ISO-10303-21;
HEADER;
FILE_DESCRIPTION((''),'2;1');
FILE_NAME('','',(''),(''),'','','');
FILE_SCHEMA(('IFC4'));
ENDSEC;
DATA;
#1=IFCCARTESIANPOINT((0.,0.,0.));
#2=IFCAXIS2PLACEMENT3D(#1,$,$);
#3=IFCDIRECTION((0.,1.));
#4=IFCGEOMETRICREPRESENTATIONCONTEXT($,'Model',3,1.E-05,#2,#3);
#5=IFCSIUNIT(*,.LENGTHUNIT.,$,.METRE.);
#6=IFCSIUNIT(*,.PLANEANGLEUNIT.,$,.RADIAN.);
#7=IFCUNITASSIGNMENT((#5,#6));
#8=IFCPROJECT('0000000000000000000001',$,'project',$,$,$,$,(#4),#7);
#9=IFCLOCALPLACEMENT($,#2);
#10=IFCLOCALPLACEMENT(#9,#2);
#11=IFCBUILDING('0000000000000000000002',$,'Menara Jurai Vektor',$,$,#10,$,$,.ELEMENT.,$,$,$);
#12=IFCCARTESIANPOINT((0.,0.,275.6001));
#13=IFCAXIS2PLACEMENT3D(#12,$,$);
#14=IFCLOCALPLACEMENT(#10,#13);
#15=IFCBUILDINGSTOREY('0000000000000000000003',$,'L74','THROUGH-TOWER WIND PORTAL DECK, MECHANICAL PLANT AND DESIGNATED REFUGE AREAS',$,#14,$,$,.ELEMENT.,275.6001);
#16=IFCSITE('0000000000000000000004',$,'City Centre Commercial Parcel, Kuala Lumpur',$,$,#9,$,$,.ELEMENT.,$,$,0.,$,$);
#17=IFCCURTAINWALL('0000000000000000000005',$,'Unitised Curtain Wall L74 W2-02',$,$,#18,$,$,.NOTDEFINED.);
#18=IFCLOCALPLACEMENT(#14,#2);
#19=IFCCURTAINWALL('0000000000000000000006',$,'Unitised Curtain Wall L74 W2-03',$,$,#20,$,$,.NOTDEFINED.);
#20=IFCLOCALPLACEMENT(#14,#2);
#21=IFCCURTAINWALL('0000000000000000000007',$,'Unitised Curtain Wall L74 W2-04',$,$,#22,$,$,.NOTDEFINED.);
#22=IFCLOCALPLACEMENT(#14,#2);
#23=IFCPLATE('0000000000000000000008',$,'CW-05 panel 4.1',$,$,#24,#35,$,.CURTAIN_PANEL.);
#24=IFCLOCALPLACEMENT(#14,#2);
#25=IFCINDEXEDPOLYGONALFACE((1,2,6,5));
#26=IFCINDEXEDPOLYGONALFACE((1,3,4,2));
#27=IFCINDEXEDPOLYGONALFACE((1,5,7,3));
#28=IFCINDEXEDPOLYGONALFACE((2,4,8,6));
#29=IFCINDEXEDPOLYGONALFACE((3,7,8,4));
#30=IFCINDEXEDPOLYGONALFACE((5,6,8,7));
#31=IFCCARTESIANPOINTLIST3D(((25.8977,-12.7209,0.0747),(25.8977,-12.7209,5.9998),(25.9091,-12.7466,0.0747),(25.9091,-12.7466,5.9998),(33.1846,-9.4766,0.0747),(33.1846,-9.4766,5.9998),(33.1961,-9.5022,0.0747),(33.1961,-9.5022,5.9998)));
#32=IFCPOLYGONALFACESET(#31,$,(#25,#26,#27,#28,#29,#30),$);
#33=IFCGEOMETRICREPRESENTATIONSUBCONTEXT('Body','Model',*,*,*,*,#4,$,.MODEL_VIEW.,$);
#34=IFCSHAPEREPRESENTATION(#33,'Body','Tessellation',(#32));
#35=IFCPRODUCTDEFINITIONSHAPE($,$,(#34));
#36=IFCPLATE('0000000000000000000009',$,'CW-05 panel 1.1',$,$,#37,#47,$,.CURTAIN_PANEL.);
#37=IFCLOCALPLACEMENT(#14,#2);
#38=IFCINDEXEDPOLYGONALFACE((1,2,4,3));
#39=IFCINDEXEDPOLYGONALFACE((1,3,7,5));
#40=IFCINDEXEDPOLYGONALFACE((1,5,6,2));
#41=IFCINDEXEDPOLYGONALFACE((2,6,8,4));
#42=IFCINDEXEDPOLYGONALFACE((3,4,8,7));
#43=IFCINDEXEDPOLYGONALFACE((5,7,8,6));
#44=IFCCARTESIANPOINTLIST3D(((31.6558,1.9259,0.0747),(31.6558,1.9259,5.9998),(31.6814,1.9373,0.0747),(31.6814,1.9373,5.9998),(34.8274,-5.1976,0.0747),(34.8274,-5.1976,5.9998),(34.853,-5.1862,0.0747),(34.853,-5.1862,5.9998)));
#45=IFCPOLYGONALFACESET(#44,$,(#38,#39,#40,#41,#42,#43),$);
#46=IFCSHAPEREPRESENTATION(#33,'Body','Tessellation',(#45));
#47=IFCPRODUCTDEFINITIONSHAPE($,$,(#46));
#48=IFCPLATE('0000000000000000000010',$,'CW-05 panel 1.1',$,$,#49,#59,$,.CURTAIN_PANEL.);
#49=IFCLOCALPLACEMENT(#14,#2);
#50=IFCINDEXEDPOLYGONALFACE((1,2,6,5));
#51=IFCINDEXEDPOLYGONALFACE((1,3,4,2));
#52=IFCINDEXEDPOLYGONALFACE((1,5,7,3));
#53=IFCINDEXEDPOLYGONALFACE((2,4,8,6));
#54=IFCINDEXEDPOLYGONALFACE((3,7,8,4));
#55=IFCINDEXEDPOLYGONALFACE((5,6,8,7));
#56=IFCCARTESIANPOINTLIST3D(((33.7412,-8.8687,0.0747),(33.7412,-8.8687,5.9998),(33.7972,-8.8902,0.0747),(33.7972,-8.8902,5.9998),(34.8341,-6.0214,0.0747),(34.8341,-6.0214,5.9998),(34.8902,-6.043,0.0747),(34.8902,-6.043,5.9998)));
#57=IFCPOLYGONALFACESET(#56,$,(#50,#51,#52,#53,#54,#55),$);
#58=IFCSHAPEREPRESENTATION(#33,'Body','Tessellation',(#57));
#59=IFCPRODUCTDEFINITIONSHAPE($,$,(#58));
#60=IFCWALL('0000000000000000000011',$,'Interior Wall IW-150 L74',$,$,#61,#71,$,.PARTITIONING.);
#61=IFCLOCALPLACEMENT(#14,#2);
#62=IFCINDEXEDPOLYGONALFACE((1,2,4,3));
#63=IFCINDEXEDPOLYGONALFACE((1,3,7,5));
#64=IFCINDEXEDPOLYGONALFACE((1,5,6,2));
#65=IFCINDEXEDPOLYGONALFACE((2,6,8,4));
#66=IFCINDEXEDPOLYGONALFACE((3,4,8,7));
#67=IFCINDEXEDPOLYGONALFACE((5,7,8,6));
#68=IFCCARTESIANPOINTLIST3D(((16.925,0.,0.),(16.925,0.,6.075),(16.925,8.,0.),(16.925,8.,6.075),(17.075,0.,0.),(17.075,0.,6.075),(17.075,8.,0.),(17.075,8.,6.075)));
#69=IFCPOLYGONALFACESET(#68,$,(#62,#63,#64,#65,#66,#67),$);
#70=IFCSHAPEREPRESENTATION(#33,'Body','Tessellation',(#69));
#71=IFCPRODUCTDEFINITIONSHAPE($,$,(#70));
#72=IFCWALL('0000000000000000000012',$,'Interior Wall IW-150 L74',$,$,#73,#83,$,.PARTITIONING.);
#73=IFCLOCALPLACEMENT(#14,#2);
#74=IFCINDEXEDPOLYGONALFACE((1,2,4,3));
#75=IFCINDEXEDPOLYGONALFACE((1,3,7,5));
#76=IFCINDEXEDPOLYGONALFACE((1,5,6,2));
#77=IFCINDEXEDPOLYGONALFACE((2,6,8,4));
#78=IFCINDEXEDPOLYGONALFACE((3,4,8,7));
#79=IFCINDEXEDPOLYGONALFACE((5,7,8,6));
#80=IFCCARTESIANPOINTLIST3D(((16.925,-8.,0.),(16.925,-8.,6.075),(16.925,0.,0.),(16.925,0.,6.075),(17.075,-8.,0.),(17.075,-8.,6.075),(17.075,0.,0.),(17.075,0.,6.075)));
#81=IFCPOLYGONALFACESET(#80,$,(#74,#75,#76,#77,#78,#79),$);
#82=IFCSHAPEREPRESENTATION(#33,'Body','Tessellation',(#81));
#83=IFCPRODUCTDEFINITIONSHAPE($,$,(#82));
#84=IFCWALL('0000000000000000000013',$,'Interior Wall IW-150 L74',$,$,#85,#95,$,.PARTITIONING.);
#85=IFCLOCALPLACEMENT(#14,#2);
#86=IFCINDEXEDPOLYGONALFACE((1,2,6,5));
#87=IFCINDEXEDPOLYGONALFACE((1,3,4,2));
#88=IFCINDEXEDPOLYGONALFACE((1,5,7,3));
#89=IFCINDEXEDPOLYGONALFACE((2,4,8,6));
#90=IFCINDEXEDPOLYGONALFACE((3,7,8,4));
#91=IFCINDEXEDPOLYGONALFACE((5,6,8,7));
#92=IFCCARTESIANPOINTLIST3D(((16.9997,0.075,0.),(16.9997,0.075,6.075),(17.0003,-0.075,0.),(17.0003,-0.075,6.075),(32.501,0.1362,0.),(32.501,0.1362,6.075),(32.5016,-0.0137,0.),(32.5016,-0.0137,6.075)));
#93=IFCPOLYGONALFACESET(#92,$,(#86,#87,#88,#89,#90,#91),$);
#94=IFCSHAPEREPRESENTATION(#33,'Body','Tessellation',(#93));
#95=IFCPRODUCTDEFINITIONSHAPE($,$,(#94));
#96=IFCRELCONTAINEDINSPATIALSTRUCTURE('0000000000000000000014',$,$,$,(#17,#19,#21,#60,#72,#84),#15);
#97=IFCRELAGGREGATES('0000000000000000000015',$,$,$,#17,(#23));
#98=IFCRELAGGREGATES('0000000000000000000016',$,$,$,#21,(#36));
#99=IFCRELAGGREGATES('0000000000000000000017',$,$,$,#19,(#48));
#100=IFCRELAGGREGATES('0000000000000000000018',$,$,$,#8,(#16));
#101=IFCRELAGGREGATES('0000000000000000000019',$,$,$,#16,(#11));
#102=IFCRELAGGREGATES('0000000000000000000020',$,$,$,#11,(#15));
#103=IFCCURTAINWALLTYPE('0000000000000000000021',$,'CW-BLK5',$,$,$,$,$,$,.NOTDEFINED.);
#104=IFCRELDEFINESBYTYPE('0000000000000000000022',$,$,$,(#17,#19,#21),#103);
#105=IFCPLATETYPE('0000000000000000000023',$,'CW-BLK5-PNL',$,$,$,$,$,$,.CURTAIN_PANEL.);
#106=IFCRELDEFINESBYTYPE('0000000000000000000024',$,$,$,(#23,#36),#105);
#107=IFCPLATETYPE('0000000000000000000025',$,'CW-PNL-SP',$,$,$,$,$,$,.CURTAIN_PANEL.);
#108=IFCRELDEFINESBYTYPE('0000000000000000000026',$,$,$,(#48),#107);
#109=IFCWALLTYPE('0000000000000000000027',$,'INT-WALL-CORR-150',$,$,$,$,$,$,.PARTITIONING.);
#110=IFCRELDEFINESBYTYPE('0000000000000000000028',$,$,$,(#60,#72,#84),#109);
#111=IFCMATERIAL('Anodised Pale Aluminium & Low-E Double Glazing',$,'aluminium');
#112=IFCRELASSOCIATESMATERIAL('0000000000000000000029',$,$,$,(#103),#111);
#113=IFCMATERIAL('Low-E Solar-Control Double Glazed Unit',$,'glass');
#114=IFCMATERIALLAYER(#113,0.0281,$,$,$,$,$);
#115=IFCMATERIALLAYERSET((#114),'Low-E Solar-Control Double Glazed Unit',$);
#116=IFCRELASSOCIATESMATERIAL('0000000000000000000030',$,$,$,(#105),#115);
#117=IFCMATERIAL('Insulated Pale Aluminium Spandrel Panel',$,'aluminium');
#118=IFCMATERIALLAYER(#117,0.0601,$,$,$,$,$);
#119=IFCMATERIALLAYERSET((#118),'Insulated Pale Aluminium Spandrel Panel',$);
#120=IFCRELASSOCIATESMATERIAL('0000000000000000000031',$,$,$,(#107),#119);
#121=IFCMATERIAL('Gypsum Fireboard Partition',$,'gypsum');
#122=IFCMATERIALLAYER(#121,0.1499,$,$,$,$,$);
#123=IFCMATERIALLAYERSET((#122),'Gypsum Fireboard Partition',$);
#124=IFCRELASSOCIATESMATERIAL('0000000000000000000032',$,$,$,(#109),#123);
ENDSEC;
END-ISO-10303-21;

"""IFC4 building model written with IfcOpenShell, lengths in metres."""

from ifc_helpers import new_model, si_unit, direction, frame, frame_2d, origin, origin_2d, place, context, subcontext, project, spatial, rectangle, extrude, material, layer, layer_set, type_object, element, aggregate, save


model = new_model("IFC4")

# Units and contexts
model_context = context("Model", 3, precision=1e-05, world=origin(), true_north=direction((0.0, 1.0)))
body_context = subcontext(model_context, "Body", "Model", "MODEL_VIEW")
ifc_project = project(units=[si_unit("LENGTHUNIT", "METRE"), si_unit("PLANEANGLEUNIT", "RADIAN")], contexts=[model_context])

# Site, building, storey
site_placement = place(None, origin())
site = spatial("IfcSite", under=ifc_project, at=site_placement, Name="City Centre Commercial Parcel, Kuala Lumpur", CompositionType="ELEMENT", RefElevation=0.0)
building_placement = place(site_placement, origin())
building = spatial("IfcBuilding", under=site, at=building_placement, Name="Menara Jurai Vektor", CompositionType="ELEMENT")
storey_placement = place(building_placement, frame((0.0, 0.0, 275.6001)))
storey = spatial("IfcBuildingStorey", under=building, at=storey_placement, Name="L74", Description="THROUGH-TOWER WIND PORTAL DECK, MECHANICAL PLANT AND DESIGNATED REFUGE AREAS", CompositionType="ELEMENT", Elevation=275.6001)

# Curtain walls
ifc_material_1 = material(Name="Anodised Pale Aluminium & Low-E Double Glazing", Category="aluminium")
curtain_wall_type = type_object("IfcCurtainWallType", Name="CW-BLK5", PredefinedType="NOTDEFINED", material=ifc_material_1)
curtain_wall_1_placement = place(storey_placement, origin())
curtain_wall_1 = element("IfcCurtainWall", 1, at=curtain_wall_1_placement, inside=storey, type_object=curtain_wall_type, Name="Unitised Curtain Wall L74 W2-02", PredefinedType="NOTDEFINED")
curtain_wall_2_placement = place(storey_placement, origin())
curtain_wall_2 = element("IfcCurtainWall", 2, at=curtain_wall_2_placement, inside=storey, type_object=curtain_wall_type, Name="Unitised Curtain Wall L74 W2-03", PredefinedType="NOTDEFINED")

# Curtain wall
curtain_wall_3_placement = place(storey_placement, origin())
curtain_wall_3 = element("IfcCurtainWall", 3, at=curtain_wall_3_placement, inside=storey, type_object=curtain_wall_type, Name="Unitised Curtain Wall L74 W2-04", PredefinedType="NOTDEFINED")

# Plates
ifc_material_2 = material(Name="Low-E Solar-Control Double Glazed Unit", Category="glass")
ifc_layer_1 = layer(ifc_material_2, 0.0281)
ifc_layer_set_1 = layer_set([ifc_layer_1], Name="Low-E Solar-Control Double Glazed Unit")
plate_type_1 = type_object("IfcPlateType", Name="CW-BLK5-PNL", PredefinedType="CURTAIN_PANEL", material=ifc_layer_set_1)
plate_1_placement = place(storey_placement, frame((29.5469, -11.1116, 0.0747), z_axis=(0.0, 0.0, 1.0), x_axis=(0.913546, 0.406736, 0.0)))
plate_1 = element("IfcPlate", 4, at=plate_1_placement, type_object=plate_type_1, Name="CW-05 panel 4.1", PredefinedType="CURTAIN_PANEL", context=body_context, shape_type="SweptSolid", body=[
    extrude(rectangle(XDim=7.9766, YDim=0.0281, at=origin_2d()), origin(), (0.0, 0.0, 1.0), 5.925),
])
aggregate(curtain_wall_1, [plate_1])
plate_2_placement = place(storey_placement, frame((33.2544, -1.6301, 0.0747), z_axis=(0.0, 0.0, 1.0), x_axis=(-0.406735, 0.913546, 0.0)))
plate_2 = element("IfcPlate", 5, at=plate_2_placement, type_object=plate_type_1, Name="CW-05 panel 1.1", PredefinedType="CURTAIN_PANEL", context=body_context, shape_type="SweptSolid", body=[
    extrude(rectangle(XDim=7.7976, YDim=0.0281, at=origin_2d()), origin(), (0.0, 0.0, 1.0), 5.925),
])
aggregate(curtain_wall_3, [plate_2])
ifc_material_3 = material(Name="Insulated Pale Aluminium Spandrel Panel", Category="aluminium")
ifc_layer_2 = layer(ifc_material_3, 0.0601)
ifc_layer_set_2 = layer_set([ifc_layer_2], Name="Insulated Pale Aluminium Spandrel Panel")
plate_type_2 = type_object("IfcPlateType", Name="CW-PNL-SP", PredefinedType="CURTAIN_PANEL", material=ifc_layer_set_2)
plate_3_placement = place(storey_placement, frame((34.3157, -7.4558, 0.0747), z_axis=(0.0, 0.0, 1.0), x_axis=(0.358374, 0.933578, 0.0)))
plate_3 = element("IfcPlate", 6, at=plate_3_placement, type_object=plate_type_2, Name="CW-05 panel 1.1", PredefinedType="CURTAIN_PANEL", context=body_context, shape_type="SweptSolid", body=[
    extrude(rectangle(XDim=3.0498, YDim=0.0601, at=origin_2d()), origin(), (0.0, 0.0, 1.0), 5.925),
])
aggregate(curtain_wall_2, [plate_3])

# Walls
ifc_material_4 = material(Name="Gypsum Fireboard Partition", Category="gypsum")
ifc_layer_3 = layer(ifc_material_4, 0.1499)
ifc_layer_set_3 = layer_set([ifc_layer_3], Name="Gypsum Fireboard Partition")
wall_type = type_object("IfcWallType", Name="INT-WALL-CORR-150", PredefinedType="PARTITIONING", material=ifc_layer_set_3)
for number, where, z_axis, x_axis, name in (
    (7, (17.0, 0.0, 0.0), (0.0, 0.0, 1.0), (0.0, 1.0, 0.0), "Interior Wall IW-150 L74"),
    (8, (17.0, -8.0, 0.0), (0.0, 0.0, 1.0), (0.0, 1.0, 0.0), "Interior Wall IW-150 L74"),
):
    element("IfcWall", number, at=place(storey_placement, frame(where, z_axis=z_axis, x_axis=x_axis)), inside=storey, type_object=wall_type, Name=name, PredefinedType="PARTITIONING", context=body_context, shape_type="SweptSolid", body=[
        extrude(rectangle(XDim=8.0, YDim=0.1499, at=frame_2d((4.0, 0.0))), origin(), (0.0, 0.0, 1.0), 6.075),
    ])
wall_placement = place(storey_placement, frame((17.0, 0.0, 0.0), z_axis=(0.0, 0.0, 1.0), x_axis=(0.999992, 0.003953, 0.0)))
element("IfcWall", 9, at=wall_placement, inside=storey, type_object=wall_type, Name="Interior Wall IW-150 L74", PredefinedType="PARTITIONING", context=body_context, shape_type="SweptSolid", body=[
    extrude(rectangle(XDim=15.5015, YDim=0.1499, at=frame_2d((7.7507, 0.0))), origin(), (0.0, 0.0, 1.0), 6.075),
])

save(model, "model.ifc")
